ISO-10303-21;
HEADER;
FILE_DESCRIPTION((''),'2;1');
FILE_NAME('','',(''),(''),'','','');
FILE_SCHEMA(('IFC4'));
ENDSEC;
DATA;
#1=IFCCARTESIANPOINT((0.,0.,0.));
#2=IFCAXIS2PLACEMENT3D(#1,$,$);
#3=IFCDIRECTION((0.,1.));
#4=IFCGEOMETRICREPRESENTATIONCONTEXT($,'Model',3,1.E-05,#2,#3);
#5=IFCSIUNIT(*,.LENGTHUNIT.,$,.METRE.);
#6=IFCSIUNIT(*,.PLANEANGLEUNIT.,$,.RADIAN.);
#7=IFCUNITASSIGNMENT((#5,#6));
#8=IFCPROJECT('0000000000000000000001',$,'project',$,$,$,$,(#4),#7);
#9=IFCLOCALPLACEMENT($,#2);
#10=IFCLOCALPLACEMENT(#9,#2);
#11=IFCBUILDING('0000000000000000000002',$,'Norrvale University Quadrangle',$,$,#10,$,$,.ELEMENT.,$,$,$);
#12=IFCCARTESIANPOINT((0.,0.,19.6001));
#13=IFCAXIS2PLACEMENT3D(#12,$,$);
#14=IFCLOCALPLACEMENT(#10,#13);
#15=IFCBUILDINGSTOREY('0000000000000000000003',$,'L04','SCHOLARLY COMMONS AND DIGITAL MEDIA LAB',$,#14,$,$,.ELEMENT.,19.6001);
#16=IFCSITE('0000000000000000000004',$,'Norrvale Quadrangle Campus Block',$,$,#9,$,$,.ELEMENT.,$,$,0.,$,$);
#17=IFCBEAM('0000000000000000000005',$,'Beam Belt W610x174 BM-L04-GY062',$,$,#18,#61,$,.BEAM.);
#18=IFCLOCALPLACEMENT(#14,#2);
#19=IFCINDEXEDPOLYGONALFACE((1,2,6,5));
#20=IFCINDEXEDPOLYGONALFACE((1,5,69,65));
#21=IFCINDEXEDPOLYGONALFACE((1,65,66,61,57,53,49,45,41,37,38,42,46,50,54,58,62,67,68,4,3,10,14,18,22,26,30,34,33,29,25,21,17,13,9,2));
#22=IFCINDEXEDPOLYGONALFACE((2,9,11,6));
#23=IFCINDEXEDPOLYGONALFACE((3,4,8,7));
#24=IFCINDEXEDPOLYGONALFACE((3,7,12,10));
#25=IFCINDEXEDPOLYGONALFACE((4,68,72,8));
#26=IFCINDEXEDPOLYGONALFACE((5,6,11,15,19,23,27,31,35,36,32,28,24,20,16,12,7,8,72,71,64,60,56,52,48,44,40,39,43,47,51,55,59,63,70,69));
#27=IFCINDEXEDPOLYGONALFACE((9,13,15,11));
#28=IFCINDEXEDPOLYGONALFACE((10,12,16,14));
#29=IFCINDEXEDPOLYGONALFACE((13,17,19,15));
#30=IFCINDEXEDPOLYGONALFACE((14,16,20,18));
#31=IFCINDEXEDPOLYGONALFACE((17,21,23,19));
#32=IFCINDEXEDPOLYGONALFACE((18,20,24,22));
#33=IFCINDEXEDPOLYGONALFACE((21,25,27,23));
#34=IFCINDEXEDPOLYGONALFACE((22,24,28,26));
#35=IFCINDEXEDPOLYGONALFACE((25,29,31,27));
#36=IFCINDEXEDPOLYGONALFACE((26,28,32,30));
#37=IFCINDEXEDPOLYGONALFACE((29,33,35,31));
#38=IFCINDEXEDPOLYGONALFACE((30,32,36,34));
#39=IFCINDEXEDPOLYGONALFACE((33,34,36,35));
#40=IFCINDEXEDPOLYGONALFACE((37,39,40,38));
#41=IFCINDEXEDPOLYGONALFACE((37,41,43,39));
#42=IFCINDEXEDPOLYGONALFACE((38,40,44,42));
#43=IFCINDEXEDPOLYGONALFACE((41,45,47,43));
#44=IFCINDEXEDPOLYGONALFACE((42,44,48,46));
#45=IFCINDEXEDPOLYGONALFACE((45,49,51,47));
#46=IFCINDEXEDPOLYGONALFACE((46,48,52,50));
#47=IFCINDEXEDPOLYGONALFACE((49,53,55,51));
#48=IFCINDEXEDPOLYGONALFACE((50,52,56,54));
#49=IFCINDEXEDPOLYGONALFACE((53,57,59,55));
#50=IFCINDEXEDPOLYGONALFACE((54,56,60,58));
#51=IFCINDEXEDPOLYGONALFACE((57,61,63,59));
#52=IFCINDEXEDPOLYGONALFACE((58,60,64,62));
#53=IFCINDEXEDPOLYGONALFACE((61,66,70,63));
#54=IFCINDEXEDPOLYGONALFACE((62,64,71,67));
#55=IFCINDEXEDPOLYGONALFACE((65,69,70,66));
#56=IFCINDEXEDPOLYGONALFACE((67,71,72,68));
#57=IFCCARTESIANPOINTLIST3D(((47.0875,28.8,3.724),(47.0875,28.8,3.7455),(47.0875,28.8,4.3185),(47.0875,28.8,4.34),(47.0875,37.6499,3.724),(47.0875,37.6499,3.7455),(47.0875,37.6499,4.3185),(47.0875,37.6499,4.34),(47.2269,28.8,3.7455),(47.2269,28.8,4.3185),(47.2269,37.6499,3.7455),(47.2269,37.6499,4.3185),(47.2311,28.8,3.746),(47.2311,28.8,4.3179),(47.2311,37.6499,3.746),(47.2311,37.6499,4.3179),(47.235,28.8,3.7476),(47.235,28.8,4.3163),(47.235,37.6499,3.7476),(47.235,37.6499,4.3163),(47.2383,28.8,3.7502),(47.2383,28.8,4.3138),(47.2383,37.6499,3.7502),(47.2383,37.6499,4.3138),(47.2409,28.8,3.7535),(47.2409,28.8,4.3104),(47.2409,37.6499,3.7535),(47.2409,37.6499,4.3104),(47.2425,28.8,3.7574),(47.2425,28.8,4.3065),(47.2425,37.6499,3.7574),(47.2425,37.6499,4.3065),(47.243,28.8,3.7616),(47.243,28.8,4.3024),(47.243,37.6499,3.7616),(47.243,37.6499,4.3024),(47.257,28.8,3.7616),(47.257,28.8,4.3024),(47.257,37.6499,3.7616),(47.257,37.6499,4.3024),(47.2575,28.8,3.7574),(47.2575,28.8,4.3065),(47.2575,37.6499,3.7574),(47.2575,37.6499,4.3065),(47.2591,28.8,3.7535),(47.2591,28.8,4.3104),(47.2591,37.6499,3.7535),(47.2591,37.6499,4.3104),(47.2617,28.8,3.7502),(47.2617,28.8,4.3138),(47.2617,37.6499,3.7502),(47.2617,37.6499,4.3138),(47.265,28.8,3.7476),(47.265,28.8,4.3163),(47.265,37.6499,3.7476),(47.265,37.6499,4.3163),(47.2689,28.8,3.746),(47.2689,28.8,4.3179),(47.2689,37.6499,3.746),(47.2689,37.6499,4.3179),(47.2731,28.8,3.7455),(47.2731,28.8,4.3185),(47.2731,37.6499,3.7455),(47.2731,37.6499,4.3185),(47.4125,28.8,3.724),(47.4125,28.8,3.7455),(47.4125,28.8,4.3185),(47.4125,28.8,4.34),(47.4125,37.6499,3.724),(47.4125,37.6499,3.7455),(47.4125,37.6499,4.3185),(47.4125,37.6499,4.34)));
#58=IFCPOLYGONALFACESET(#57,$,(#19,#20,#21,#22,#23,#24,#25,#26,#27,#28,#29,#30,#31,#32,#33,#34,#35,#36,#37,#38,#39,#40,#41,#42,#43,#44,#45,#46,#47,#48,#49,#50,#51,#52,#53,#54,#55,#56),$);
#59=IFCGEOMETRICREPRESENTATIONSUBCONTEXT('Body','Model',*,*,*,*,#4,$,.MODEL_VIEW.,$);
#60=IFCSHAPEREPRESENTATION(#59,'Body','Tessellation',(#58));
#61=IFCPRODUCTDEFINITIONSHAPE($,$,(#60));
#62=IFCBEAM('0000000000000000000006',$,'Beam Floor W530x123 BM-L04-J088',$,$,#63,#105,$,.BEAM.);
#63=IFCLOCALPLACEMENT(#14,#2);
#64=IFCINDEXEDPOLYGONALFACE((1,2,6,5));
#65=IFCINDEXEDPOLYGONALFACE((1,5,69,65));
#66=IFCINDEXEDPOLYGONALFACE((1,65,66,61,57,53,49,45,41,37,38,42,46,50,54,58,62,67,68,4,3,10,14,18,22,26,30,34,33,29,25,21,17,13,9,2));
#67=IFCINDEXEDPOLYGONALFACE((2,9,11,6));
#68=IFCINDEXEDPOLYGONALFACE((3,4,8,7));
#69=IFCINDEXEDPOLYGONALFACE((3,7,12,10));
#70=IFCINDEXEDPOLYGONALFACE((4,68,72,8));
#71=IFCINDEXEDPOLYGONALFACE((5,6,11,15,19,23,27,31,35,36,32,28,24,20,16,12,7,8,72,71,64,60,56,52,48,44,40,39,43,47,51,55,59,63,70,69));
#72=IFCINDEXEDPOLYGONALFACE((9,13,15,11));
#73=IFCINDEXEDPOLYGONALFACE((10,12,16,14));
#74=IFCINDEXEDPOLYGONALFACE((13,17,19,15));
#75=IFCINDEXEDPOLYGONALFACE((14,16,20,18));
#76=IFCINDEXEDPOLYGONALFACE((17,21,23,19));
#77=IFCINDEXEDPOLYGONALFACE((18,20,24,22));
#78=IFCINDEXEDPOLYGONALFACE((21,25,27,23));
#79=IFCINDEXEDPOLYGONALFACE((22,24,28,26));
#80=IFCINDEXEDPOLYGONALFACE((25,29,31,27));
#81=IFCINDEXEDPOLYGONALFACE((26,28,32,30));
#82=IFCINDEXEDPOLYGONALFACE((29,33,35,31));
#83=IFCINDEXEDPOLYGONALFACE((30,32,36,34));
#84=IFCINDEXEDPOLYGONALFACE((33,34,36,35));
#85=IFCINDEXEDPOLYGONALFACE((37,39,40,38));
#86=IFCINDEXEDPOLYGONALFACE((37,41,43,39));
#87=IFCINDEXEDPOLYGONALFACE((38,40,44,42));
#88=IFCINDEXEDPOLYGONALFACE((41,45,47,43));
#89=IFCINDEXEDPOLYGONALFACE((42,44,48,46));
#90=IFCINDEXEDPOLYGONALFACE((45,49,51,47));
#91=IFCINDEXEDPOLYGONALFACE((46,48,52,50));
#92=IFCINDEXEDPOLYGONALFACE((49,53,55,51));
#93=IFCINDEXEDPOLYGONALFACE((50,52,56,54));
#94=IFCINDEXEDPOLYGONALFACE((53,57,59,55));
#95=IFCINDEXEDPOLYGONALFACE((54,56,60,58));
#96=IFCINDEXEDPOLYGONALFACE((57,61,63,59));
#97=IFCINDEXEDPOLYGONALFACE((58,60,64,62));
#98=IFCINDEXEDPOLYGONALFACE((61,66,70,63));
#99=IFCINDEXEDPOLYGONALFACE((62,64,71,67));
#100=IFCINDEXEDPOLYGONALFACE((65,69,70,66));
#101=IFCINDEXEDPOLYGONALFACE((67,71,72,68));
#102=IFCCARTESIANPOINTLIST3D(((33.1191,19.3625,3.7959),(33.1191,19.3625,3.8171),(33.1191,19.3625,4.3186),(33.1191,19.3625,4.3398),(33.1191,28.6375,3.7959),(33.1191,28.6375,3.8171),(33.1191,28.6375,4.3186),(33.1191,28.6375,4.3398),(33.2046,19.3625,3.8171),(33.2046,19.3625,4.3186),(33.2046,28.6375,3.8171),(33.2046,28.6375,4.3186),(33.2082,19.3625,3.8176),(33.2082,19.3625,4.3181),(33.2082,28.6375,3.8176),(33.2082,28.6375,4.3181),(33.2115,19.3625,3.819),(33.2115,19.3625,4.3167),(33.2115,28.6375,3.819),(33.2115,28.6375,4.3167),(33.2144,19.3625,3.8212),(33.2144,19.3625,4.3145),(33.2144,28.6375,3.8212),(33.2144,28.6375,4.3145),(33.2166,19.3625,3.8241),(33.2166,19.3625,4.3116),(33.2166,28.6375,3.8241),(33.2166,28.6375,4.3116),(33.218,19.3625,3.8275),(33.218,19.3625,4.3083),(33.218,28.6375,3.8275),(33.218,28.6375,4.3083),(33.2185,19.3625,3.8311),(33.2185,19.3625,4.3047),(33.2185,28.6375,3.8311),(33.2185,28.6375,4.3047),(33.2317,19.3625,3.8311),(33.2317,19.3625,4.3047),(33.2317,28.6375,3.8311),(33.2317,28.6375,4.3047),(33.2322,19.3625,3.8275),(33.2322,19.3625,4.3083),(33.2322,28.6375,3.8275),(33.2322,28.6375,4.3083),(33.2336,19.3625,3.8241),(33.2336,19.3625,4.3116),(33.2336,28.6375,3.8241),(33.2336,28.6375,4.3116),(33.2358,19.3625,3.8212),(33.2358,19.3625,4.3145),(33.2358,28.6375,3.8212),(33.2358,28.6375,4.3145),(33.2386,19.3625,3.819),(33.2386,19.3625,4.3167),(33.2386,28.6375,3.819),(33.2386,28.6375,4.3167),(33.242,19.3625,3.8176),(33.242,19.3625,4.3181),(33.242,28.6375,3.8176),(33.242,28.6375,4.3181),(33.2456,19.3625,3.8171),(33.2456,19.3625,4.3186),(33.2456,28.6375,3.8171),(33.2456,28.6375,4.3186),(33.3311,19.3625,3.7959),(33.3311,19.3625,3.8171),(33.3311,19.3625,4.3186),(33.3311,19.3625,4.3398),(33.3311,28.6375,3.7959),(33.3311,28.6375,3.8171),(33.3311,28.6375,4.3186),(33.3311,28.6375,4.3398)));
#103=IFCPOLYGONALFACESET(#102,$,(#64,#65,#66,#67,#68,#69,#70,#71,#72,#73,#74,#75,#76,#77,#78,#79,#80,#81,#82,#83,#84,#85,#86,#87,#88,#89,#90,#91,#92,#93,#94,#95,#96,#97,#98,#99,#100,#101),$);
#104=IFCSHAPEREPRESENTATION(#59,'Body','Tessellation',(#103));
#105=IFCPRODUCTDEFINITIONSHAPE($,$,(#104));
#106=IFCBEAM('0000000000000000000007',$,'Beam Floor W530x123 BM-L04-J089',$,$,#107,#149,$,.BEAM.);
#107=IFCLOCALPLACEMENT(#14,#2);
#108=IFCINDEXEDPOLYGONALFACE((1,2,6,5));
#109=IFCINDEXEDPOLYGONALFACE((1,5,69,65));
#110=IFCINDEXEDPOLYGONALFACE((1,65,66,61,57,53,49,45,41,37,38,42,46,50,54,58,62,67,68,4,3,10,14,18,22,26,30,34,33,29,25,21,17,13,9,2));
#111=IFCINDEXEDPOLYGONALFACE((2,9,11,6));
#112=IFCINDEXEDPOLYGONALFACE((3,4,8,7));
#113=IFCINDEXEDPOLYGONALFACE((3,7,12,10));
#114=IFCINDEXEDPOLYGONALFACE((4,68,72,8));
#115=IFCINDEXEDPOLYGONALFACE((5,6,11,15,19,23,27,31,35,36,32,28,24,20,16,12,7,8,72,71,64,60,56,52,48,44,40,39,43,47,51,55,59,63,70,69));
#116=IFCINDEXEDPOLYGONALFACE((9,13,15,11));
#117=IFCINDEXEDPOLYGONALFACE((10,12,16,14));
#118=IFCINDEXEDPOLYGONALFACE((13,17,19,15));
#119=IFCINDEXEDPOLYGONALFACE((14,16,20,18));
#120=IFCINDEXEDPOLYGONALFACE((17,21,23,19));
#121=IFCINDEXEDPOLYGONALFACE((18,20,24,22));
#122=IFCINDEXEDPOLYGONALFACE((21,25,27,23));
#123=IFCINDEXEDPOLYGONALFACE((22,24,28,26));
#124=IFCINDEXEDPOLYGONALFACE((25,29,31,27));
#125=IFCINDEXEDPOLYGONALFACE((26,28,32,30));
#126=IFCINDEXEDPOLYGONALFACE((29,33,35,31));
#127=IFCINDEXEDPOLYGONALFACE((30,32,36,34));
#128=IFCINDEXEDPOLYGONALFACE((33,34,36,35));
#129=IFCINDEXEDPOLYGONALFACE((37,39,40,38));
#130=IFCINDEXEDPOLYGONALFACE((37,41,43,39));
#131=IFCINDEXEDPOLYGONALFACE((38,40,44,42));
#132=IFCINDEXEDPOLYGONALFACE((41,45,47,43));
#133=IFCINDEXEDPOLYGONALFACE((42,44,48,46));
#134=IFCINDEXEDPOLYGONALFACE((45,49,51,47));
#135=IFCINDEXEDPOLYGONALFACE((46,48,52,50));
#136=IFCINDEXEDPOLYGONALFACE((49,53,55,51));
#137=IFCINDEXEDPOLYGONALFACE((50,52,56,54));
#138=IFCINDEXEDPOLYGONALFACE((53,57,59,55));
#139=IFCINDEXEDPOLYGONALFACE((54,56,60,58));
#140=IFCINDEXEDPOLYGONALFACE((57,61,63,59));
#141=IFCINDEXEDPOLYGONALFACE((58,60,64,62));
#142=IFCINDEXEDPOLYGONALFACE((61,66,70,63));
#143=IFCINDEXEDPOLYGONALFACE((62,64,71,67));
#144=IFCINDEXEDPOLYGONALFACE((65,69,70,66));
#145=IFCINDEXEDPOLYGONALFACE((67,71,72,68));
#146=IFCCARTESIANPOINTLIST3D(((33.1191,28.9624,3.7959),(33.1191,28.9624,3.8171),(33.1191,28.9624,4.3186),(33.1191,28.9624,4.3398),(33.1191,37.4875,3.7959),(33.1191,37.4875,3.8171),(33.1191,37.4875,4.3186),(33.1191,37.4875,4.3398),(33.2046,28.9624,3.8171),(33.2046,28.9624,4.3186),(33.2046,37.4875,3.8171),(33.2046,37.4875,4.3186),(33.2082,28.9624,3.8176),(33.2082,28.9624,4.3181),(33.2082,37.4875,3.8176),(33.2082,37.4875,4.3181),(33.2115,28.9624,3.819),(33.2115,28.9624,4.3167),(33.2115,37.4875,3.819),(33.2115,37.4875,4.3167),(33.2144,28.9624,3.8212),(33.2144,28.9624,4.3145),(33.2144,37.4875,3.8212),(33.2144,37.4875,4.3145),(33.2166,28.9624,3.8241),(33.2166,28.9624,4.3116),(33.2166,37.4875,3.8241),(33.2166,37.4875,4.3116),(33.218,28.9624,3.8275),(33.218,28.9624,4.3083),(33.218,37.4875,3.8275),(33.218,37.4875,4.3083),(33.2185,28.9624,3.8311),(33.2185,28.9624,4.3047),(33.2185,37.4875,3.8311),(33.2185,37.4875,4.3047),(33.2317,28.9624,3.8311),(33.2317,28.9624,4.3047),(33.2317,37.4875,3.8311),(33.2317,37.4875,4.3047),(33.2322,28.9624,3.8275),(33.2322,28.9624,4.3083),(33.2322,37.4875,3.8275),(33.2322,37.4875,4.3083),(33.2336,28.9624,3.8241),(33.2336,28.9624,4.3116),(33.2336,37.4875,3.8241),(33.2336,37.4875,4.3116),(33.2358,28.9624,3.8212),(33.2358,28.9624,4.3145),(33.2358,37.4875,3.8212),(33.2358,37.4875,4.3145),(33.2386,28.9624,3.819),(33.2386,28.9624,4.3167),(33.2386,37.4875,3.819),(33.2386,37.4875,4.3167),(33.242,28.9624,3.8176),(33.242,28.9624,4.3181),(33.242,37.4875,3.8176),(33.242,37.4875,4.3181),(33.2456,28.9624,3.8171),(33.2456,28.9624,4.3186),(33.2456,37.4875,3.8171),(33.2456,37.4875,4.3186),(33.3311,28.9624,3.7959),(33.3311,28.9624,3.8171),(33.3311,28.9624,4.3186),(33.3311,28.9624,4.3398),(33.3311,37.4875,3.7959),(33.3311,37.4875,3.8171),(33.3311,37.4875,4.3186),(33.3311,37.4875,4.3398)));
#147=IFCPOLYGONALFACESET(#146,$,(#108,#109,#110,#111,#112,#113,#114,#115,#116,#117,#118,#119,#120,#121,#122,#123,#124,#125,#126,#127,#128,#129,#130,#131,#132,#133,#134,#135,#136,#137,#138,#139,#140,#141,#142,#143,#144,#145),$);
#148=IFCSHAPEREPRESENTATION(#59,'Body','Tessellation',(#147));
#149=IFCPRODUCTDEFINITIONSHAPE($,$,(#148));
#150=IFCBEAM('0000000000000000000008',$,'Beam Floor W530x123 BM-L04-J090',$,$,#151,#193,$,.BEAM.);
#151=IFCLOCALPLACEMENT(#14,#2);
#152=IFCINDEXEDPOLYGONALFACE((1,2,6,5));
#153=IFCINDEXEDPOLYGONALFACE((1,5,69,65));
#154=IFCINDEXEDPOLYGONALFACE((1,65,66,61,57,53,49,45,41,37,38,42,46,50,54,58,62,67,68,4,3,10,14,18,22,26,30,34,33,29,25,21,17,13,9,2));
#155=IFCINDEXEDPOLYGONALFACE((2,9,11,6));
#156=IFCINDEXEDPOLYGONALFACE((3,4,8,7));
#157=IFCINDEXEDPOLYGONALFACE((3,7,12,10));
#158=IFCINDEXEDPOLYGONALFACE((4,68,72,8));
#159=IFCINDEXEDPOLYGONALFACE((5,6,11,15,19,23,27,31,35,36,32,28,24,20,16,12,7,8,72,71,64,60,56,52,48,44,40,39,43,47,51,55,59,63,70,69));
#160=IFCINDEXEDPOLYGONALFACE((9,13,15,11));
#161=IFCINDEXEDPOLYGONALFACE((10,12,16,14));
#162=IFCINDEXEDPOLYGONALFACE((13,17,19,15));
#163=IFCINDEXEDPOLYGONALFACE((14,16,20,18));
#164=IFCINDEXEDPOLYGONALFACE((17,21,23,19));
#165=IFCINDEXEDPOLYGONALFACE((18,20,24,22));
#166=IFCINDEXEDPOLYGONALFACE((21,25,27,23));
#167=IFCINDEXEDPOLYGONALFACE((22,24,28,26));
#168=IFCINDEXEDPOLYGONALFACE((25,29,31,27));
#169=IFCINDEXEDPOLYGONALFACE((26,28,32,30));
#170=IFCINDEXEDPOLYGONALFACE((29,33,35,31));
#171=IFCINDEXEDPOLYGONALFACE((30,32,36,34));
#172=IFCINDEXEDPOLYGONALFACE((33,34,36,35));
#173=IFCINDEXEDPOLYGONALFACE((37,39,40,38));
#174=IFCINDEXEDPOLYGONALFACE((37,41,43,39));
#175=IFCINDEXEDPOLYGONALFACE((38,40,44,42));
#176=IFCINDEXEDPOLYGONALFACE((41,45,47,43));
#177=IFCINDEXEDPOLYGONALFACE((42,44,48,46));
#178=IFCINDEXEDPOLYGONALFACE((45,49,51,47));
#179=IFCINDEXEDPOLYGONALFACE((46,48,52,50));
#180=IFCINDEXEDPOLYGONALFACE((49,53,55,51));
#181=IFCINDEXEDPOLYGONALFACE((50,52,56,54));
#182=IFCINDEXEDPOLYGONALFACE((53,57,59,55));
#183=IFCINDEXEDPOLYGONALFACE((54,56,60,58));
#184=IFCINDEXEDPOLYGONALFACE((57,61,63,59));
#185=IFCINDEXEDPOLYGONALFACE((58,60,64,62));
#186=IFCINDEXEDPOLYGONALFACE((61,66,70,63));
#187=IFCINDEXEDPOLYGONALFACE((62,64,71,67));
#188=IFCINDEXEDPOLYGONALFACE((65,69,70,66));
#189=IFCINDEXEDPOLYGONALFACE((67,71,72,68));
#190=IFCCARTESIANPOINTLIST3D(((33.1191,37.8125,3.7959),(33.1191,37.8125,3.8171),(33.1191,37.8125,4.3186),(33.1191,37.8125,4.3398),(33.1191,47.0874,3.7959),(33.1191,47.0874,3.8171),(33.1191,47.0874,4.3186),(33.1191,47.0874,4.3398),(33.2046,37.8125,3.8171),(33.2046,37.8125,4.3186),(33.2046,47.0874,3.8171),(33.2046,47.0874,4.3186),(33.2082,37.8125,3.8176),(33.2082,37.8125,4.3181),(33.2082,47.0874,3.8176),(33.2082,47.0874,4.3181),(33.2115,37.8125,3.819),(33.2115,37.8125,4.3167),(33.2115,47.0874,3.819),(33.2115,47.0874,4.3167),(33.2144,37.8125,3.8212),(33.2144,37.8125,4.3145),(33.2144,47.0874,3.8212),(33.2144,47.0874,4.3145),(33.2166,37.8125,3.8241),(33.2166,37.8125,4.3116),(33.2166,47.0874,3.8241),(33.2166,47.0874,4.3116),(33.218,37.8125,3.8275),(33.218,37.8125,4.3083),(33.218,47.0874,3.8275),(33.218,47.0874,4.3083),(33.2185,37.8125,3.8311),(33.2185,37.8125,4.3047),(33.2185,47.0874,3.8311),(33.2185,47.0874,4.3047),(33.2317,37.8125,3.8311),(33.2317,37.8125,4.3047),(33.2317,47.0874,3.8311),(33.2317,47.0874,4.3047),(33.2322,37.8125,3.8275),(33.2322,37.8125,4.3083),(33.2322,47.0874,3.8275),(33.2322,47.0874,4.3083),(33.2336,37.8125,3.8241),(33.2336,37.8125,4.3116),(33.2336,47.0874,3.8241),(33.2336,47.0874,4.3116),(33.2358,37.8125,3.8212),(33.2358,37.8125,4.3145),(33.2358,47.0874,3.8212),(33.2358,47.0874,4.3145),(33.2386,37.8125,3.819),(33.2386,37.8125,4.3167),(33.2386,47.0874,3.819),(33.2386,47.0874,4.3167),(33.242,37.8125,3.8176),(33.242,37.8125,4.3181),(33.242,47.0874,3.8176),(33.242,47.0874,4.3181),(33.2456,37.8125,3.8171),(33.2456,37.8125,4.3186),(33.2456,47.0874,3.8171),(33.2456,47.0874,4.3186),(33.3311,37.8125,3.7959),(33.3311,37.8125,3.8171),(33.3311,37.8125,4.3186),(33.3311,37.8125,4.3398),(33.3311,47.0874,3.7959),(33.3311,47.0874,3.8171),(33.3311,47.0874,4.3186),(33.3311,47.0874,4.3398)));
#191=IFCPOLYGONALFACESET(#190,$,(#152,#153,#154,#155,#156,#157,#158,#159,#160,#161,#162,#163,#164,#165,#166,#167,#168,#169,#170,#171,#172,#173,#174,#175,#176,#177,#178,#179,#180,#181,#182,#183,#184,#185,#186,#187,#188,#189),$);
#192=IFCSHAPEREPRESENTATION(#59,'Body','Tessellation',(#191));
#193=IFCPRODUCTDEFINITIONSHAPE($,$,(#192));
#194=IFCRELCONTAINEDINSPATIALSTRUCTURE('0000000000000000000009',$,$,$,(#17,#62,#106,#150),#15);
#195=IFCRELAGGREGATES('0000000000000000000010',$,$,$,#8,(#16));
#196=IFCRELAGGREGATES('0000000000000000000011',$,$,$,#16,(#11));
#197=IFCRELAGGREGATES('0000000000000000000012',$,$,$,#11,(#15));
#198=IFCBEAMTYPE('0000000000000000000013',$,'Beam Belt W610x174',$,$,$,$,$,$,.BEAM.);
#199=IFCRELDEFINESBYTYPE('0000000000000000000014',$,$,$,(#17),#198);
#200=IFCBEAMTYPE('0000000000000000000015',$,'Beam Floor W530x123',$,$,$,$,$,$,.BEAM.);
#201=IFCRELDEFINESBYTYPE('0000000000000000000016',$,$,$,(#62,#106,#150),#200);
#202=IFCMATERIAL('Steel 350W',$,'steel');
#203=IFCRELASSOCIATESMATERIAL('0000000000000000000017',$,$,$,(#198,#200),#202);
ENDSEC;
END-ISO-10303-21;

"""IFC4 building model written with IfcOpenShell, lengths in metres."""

from ifc_helpers import new_model, si_unit, direction, frame, origin, origin_2d, place, context, subcontext, project, spatial, i_section, extrude, material, material_profile, profile_set, type_object, element, save


model = new_model("IFC4")

# Units and contexts
model_context = context("Model", 3, precision=1e-05, world=origin(), true_north=direction((0.0, 1.0)))
body_context = subcontext(model_context, "Body", "Model", "MODEL_VIEW")
ifc_project = project(units=[si_unit("LENGTHUNIT", "METRE"), si_unit("PLANEANGLEUNIT", "RADIAN")], contexts=[model_context])

# Site, building, storey
site_placement = place(None, origin())
site = spatial("IfcSite", under=ifc_project, at=site_placement, Name="Norrvale Quadrangle Campus Block", CompositionType="ELEMENT", RefElevation=0.0)
building_placement = place(site_placement, origin())
building = spatial("IfcBuilding", under=site, at=building_placement, Name="Norrvale University Quadrangle", CompositionType="ELEMENT")
storey_placement = place(building_placement, frame((0.0, 0.0, 19.6001)))
storey = spatial("IfcBuildingStorey", under=building, at=storey_placement, Name="L04", Description="SCHOLARLY COMMONS AND DIGITAL MEDIA LAB", CompositionType="ELEMENT", Elevation=19.6001)

# Beams
ifc_material_1 = material(Name="Steel 350W", Category="steel")
ifc_material_profile_1 = material_profile(ifc_material_1, i_section(OverallWidth=0.325, OverallDepth=0.616, WebThickness=0.0139, FlangeThickness=0.0215, FilletRadius=0.0161, at=origin_2d()), Name="Steel 350W")
ifc_profile_set_1 = profile_set([ifc_material_profile_1], Name="Steel 350W")
beam_type_1 = type_object("IfcBeamType", Name="Beam Belt W610x174", PredefinedType="BEAM", material=ifc_profile_set_1)
beam_1_placement = place(storey_placement, frame((47.25, 28.8, 4.032), z_axis=(0.0, 1.0, 0.0), x_axis=(-1.0, 0.0, 0.0)))
element("IfcBeam", 1, at=beam_1_placement, inside=storey, type_object=beam_type_1, Name="Beam Belt W610x174 BM-L04-GY062", PredefinedType="BEAM", context=body_context, shape_type="SweptSolid", body=[
    extrude(i_section(OverallWidth=0.325, OverallDepth=0.616, WebThickness=0.0139, FlangeThickness=0.0215, FilletRadius=0.0161, at=origin_2d()), origin(), (0.0, 0.0, 1.0), 8.8499),
])
ifc_material_profile_2 = material_profile(ifc_material_1, i_section(OverallWidth=0.2119, OverallDepth=0.5439, WebThickness=0.0132, FlangeThickness=0.0212, FilletRadius=0.0139, at=origin_2d()), Name="Steel 350W")
ifc_profile_set_2 = profile_set([ifc_material_profile_2], Name="Steel 350W")
beam_type_2 = type_object("IfcBeamType", Name="Beam Floor W530x123", PredefinedType="BEAM", material=ifc_profile_set_2)
beam_2_placement = place(storey_placement, frame((33.2251, 19.3625, 4.0679), z_axis=(0.0, 1.0, 0.0), x_axis=(-1.0, 0.0, 0.0)))
element("IfcBeam", 2, at=beam_2_placement, inside=storey, type_object=beam_type_2, Name="Beam Floor W530x123 BM-L04-J088", PredefinedType="BEAM", context=body_context, shape_type="SweptSolid", body=[
    extrude(i_section(OverallWidth=0.2119, OverallDepth=0.5439, WebThickness=0.0132, FlangeThickness=0.0212, FilletRadius=0.0139, at=origin_2d()), origin(), (0.0, 0.0, 1.0), 9.2749),
])
beam_3_placement = place(storey_placement, frame((33.2251, 28.9624, 4.0679), z_axis=(0.0, 1.0, 0.0), x_axis=(-1.0, 0.0, 0.0)))
element("IfcBeam", 3, at=beam_3_placement, inside=storey, type_object=beam_type_2, Name="Beam Floor W530x123 BM-L04-J089", PredefinedType="BEAM", context=body_context, shape_type="SweptSolid", body=[
    extrude(i_section(OverallWidth=0.2119, OverallDepth=0.5439, WebThickness=0.0132, FlangeThickness=0.0212, FilletRadius=0.0139, at=origin_2d()), origin(), (0.0, 0.0, 1.0), 8.5251),
])
for number, where, z_axis, x_axis, name in (
    (4, (33.2251, 37.8125, 4.0679), (0.0, 1.0, 0.0), (-1.0, 0.0, 0.0), "Beam Floor W530x123 BM-L04-J090"),
):
    element("IfcBeam", number, at=place(storey_placement, frame(where, z_axis=z_axis, x_axis=x_axis)), inside=storey, type_object=beam_type_2, Name=name, PredefinedType="BEAM", context=body_context, shape_type="SweptSolid", body=[
        extrude(i_section(OverallWidth=0.2119, OverallDepth=0.5439, WebThickness=0.0132, FlangeThickness=0.0212, FilletRadius=0.0139, at=origin_2d()), origin(), (0.0, 0.0, 1.0), 9.2749),
    ])

save(model, "model.ifc")
